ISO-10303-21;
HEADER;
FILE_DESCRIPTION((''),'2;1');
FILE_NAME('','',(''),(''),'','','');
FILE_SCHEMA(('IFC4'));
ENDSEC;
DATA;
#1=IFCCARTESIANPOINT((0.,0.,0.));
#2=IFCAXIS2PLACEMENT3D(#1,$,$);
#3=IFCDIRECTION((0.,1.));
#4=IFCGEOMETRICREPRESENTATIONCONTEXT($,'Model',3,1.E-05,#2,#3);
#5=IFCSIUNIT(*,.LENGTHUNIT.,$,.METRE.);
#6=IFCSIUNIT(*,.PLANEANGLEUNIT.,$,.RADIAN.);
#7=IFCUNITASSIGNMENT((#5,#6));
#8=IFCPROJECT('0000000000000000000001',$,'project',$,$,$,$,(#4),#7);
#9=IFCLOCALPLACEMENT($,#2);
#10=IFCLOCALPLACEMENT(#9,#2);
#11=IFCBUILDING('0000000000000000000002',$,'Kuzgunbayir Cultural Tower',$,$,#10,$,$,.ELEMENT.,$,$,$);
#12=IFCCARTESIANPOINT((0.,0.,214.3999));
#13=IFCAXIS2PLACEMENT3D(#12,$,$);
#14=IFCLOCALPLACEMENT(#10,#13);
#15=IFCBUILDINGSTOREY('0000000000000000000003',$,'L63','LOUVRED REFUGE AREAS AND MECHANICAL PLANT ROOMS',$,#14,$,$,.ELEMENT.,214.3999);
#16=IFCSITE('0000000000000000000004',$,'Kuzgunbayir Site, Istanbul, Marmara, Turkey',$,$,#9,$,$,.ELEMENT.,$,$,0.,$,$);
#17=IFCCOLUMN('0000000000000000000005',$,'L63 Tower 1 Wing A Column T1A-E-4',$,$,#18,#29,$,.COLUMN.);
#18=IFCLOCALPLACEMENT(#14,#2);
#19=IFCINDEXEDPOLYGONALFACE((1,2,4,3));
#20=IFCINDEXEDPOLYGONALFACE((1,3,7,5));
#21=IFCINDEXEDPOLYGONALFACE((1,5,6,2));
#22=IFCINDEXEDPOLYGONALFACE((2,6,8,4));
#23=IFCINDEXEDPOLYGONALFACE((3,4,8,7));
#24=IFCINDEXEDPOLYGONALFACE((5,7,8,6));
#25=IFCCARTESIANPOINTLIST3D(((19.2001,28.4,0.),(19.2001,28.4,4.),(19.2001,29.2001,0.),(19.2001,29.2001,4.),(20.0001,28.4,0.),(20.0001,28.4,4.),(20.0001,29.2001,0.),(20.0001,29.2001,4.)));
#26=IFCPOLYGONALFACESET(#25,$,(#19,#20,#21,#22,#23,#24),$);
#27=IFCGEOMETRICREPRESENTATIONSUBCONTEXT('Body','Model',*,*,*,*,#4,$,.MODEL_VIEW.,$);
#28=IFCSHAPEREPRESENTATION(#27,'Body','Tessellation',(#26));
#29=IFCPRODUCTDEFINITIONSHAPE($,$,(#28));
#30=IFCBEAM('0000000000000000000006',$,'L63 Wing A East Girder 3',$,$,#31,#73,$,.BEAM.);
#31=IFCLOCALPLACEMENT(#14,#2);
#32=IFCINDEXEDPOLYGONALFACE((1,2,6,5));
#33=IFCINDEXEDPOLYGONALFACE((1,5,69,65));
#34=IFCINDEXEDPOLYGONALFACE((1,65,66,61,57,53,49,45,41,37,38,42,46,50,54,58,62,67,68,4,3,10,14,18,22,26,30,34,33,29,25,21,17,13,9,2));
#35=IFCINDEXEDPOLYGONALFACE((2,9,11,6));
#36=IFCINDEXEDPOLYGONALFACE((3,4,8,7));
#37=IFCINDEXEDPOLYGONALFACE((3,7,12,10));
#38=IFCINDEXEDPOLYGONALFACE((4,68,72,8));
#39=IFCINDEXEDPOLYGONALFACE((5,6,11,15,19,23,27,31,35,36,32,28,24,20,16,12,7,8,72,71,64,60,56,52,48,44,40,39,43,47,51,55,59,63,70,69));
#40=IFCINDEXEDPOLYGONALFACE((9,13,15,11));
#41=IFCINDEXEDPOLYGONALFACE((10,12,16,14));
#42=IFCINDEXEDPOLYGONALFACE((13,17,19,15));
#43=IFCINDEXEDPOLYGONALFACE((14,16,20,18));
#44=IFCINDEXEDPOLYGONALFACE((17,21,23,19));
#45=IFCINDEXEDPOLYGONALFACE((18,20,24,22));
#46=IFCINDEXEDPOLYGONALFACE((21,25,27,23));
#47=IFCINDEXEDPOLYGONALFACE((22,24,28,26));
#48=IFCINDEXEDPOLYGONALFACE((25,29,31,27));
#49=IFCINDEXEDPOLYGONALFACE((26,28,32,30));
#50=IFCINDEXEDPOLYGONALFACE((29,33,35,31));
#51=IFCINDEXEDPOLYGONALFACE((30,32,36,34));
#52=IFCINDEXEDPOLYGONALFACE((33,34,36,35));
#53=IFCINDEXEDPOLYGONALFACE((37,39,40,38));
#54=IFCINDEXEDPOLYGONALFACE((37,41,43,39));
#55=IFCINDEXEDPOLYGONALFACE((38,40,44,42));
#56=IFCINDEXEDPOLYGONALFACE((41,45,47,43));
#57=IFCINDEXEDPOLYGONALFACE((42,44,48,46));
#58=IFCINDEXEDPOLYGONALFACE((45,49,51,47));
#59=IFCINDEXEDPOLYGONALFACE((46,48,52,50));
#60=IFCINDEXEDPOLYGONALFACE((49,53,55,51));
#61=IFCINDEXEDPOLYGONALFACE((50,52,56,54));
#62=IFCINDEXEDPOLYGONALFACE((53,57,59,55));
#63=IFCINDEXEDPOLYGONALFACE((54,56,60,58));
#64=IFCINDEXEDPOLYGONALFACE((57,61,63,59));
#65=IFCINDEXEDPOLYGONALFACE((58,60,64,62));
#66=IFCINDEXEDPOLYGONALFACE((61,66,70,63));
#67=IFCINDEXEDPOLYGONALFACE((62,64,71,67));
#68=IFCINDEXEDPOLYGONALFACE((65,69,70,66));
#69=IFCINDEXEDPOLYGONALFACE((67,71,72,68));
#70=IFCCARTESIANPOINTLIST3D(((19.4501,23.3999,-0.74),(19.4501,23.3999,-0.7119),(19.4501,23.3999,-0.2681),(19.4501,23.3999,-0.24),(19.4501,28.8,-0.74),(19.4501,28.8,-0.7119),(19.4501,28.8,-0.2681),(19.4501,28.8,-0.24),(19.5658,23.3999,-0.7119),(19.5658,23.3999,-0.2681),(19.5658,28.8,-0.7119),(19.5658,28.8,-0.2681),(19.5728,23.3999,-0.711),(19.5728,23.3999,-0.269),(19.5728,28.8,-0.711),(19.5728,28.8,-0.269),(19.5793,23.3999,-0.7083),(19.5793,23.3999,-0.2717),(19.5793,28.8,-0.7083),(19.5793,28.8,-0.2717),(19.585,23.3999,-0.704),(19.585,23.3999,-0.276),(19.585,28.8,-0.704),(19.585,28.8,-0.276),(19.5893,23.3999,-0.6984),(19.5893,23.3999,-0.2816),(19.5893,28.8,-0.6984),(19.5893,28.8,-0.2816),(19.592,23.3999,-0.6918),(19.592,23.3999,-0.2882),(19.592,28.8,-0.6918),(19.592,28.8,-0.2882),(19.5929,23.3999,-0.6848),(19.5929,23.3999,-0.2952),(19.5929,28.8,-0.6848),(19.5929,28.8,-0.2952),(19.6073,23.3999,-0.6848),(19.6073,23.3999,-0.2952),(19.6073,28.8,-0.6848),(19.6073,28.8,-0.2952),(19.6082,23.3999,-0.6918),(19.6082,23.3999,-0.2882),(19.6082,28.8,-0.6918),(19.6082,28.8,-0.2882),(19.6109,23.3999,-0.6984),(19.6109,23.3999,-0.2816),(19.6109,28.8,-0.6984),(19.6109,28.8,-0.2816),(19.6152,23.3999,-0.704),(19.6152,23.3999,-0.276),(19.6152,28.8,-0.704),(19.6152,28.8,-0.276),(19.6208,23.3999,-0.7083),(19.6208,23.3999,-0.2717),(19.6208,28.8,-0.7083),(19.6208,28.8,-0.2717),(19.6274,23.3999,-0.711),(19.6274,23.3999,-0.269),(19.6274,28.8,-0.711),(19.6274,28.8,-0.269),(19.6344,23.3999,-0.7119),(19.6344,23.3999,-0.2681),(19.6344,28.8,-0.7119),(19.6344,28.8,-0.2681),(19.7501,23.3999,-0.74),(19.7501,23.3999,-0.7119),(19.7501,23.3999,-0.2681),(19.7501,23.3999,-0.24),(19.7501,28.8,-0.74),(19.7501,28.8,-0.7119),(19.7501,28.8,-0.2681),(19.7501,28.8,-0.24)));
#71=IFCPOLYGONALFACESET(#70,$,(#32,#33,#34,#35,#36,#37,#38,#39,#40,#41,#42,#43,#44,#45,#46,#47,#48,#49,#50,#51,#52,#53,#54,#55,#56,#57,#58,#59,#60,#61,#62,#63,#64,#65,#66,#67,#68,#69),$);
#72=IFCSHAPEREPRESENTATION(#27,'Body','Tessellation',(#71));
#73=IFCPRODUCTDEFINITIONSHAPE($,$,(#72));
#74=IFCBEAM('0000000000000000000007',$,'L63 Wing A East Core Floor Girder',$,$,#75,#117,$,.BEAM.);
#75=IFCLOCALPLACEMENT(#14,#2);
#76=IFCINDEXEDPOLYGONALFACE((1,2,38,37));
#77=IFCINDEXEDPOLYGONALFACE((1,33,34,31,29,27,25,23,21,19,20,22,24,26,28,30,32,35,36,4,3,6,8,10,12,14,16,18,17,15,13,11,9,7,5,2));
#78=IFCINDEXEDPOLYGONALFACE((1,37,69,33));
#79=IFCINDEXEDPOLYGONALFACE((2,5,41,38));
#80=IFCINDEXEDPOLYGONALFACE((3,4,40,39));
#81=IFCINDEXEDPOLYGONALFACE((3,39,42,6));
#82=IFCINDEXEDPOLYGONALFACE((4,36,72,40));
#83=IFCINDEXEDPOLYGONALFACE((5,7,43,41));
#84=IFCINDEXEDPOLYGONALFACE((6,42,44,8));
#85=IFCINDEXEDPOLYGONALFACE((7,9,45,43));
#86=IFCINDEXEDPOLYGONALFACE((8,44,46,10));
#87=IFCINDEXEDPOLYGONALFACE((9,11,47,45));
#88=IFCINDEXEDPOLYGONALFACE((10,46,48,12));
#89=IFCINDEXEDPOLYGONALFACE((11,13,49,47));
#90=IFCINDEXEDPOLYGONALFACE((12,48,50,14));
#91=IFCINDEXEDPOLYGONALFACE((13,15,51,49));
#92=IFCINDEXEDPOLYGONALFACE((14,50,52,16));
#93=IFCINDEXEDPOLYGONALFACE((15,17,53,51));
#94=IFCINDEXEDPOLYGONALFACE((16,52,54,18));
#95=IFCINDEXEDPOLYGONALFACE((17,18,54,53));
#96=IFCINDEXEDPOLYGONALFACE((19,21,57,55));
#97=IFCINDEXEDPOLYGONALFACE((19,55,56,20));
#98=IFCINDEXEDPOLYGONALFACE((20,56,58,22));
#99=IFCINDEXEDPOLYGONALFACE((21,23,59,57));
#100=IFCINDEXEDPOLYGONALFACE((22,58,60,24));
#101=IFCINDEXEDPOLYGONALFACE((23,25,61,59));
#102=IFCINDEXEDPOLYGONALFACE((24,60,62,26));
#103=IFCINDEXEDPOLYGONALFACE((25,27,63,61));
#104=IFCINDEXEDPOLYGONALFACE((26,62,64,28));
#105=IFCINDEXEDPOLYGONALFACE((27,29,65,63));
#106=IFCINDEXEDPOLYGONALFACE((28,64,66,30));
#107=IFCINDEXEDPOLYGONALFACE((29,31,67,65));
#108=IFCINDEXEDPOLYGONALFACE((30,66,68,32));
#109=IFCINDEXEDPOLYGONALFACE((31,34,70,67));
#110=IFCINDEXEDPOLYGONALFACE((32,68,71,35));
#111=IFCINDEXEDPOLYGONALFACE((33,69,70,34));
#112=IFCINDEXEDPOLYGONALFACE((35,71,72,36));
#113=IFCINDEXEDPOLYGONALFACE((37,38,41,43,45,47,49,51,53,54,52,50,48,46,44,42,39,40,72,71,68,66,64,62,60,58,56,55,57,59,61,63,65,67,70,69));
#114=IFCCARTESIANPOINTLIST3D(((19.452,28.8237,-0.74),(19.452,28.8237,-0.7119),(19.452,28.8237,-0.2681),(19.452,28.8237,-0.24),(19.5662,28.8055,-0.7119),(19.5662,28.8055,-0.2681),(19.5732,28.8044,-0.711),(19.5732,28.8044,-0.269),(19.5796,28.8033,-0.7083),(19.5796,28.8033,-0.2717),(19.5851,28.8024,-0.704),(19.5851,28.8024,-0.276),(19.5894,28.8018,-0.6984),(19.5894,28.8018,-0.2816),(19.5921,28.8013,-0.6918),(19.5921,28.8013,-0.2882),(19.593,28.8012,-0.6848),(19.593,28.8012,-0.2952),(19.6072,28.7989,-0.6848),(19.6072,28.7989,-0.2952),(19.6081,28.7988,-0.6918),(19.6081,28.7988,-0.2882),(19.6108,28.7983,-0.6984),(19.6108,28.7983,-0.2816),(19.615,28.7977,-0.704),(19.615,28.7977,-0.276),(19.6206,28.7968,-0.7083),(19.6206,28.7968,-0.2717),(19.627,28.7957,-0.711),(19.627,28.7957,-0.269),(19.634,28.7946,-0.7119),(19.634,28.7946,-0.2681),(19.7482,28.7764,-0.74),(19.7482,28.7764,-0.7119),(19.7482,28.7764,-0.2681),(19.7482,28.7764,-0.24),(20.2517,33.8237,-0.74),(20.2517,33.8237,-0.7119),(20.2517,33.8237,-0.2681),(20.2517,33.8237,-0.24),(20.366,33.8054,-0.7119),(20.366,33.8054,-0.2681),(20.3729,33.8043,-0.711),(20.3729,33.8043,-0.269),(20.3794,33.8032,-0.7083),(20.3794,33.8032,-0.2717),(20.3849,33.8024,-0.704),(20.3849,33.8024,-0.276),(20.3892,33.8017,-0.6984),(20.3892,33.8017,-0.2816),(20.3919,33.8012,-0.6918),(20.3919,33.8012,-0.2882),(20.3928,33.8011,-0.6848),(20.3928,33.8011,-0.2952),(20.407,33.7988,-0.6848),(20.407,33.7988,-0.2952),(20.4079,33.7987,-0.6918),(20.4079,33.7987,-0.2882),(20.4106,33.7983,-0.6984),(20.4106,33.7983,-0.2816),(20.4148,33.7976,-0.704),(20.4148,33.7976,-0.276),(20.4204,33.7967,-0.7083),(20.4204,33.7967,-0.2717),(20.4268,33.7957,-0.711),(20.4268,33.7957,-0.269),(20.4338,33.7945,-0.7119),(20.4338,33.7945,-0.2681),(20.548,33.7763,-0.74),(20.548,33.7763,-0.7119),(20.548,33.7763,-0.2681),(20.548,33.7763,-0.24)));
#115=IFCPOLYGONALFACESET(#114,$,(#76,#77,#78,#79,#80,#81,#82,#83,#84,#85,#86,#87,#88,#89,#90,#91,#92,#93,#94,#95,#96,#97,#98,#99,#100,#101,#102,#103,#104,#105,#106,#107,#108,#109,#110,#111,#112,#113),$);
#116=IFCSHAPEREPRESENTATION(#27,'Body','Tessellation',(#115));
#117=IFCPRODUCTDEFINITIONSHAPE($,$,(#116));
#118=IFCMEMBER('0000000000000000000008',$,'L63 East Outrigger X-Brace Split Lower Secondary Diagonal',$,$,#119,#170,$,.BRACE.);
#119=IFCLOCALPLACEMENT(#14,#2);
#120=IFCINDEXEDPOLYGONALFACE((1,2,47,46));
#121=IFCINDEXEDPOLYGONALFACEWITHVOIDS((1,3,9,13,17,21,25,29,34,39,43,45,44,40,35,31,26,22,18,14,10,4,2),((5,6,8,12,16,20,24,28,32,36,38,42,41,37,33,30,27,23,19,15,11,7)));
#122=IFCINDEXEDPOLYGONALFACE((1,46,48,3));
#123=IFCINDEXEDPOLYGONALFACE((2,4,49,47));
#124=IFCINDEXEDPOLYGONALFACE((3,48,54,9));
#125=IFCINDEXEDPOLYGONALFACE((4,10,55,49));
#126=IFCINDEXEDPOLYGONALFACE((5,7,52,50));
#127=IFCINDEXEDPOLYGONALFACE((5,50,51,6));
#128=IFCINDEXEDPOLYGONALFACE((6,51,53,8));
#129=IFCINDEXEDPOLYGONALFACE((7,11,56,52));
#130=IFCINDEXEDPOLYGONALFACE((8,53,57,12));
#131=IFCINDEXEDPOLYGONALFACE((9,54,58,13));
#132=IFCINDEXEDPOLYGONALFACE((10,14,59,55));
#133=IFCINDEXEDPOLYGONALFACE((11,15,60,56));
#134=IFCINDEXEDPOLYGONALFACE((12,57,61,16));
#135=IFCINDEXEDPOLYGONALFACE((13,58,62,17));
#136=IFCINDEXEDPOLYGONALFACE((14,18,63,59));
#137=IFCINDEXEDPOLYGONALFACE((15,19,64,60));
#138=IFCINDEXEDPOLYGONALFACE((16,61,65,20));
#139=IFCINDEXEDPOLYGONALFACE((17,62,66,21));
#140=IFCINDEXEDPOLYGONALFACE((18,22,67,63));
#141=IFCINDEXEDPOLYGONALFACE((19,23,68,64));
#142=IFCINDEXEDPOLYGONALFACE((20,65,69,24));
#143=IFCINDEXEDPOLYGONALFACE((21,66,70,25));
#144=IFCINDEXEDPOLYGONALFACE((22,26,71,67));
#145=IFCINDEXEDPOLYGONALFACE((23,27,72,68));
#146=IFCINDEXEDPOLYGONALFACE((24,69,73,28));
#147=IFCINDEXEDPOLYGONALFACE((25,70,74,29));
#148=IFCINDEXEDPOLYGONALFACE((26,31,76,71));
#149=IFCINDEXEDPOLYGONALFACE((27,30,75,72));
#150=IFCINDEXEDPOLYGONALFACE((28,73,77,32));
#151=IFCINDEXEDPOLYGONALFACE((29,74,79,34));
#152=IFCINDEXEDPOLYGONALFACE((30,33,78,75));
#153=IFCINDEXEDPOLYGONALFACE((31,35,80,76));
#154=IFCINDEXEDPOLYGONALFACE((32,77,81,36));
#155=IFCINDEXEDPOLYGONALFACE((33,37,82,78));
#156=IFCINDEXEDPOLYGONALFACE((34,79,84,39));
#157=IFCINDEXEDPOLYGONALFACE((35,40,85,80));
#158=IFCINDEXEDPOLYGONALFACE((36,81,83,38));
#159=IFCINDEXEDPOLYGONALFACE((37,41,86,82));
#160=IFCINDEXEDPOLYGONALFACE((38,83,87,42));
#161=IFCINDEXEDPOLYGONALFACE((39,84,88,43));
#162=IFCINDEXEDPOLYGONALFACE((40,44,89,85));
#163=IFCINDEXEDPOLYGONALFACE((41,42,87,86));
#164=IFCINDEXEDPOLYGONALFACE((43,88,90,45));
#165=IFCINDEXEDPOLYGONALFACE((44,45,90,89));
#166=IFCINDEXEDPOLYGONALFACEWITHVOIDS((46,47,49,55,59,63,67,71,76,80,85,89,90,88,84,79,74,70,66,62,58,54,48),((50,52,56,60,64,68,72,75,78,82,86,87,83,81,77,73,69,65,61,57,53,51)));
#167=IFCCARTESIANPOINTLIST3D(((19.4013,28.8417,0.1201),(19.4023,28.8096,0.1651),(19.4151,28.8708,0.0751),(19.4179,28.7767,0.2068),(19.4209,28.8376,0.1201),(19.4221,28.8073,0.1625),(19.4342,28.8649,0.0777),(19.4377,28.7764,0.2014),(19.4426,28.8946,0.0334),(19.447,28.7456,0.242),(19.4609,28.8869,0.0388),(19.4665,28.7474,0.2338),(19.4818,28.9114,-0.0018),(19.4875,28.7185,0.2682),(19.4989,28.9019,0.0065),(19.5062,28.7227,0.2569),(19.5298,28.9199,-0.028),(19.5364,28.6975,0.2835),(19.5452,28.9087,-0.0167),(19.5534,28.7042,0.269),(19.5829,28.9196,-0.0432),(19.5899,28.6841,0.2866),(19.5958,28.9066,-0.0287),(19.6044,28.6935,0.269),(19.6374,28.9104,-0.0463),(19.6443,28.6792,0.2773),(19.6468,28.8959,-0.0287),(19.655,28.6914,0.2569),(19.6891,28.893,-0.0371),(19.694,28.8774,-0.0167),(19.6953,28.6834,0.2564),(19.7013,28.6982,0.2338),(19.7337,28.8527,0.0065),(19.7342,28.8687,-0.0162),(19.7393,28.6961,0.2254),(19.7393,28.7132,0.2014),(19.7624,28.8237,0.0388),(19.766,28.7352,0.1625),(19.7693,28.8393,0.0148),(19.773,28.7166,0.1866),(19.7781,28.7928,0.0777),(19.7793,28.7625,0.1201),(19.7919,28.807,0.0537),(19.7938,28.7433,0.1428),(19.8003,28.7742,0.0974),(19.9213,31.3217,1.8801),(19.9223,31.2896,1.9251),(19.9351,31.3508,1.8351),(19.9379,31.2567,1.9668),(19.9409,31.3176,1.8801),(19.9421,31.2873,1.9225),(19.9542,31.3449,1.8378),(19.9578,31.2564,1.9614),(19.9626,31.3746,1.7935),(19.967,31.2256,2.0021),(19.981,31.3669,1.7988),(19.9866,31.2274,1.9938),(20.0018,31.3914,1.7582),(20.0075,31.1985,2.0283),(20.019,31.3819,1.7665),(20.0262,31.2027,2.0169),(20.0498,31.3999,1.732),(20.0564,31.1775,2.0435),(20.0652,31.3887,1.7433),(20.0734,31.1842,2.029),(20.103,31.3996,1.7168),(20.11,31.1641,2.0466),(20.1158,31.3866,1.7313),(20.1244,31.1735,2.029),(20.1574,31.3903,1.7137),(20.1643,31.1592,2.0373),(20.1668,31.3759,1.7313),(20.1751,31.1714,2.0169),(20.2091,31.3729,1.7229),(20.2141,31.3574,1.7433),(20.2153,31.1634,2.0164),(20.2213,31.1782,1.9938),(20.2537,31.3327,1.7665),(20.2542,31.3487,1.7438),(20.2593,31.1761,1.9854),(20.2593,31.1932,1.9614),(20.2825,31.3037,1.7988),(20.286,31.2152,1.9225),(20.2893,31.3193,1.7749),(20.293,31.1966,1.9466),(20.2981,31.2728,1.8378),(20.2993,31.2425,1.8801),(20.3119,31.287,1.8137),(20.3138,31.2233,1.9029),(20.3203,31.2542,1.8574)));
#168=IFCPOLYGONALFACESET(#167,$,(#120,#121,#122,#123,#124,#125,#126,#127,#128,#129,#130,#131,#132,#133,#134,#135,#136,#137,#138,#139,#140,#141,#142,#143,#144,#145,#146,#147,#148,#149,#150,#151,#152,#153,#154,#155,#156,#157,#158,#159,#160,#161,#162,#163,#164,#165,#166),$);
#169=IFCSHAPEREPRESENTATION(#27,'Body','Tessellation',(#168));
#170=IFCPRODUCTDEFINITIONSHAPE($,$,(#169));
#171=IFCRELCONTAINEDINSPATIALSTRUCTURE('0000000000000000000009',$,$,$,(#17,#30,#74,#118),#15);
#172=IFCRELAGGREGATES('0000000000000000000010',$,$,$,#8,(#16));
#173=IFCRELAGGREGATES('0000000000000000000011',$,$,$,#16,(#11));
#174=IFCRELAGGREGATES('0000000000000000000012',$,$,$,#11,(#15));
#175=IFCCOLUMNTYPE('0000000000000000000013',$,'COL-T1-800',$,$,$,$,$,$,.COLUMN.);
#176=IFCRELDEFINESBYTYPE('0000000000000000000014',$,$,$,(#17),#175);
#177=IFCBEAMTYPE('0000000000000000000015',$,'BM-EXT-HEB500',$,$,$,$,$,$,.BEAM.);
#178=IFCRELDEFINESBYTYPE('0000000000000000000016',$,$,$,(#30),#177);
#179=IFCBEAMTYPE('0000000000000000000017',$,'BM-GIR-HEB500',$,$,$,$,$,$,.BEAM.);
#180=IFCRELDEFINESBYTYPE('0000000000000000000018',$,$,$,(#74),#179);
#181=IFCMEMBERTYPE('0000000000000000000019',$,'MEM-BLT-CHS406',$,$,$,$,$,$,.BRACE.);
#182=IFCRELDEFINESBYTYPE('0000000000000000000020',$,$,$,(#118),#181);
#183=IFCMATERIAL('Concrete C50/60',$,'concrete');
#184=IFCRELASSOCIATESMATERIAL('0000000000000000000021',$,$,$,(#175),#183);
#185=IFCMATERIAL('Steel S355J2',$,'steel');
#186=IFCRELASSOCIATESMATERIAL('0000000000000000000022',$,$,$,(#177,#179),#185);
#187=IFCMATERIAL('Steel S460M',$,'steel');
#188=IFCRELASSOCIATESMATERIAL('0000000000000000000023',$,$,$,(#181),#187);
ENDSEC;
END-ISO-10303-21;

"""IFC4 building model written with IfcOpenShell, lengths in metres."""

from ifc_helpers import new_model, si_unit, direction, frame, origin, origin_2d, place, context, subcontext, project, spatial, rectangle, hollow_circle, i_section, extrude, material, material_profile, profile_set, type_object, element, save


model = new_model("IFC4")

# Units and contexts
model_context = context("Model", 3, precision=1e-05, world=origin(), true_north=direction((0.0, 1.0)))
body_context = subcontext(model_context, "Body", "Model", "MODEL_VIEW")
ifc_project = project(units=[si_unit("LENGTHUNIT", "METRE"), si_unit("PLANEANGLEUNIT", "RADIAN")], contexts=[model_context])

# Site, building, storey
site_placement = place(None, origin())
site = spatial("IfcSite", under=ifc_project, at=site_placement, Name="Kuzgunbayir Site, Istanbul, Marmara, Turkey", CompositionType="ELEMENT", RefElevation=0.0)
building_placement = place(site_placement, origin())
building = spatial("IfcBuilding", under=site, at=building_placement, Name="Kuzgunbayir Cultural Tower", CompositionType="ELEMENT")
storey_placement = place(building_placement, frame((0.0, 0.0, 214.3999)))
storey = spatial("IfcBuildingStorey", under=building, at=storey_placement, Name="L63", Description="LOUVRED REFUGE AREAS AND MECHANICAL PLANT ROOMS", CompositionType="ELEMENT", Elevation=214.3999)

# Column
ifc_material_1 = material(Name="Concrete C50/60", Category="concrete")
ifc_material_profile_1 = material_profile(ifc_material_1, rectangle(XDim=0.8, YDim=0.8, at=origin_2d()), Name="RC 800x800")
ifc_profile_set_1 = profile_set([ifc_material_profile_1], Name="Concrete C50/60")
column_type = type_object("IfcColumnType", Name="COL-T1-800", PredefinedType="COLUMN", material=ifc_profile_set_1)
column_placement = place(storey_placement, frame((19.6001, 28.8, 0.0), z_axis=(0.0, 0.0, 1.0), x_axis=(1.0, 0.0, 0.0)))
element("IfcColumn", 1, at=column_placement, inside=storey, type_object=column_type, Name="L63 Tower 1 Wing A Column T1A-E-4", PredefinedType="COLUMN", context=body_context, shape_type="SweptSolid", body=[
    extrude(rectangle(XDim=0.8, YDim=0.8, at=origin_2d()), origin(), (0.0, 0.0, 1.0), 4.0),
])

# Beams
ifc_material_2 = material(Name="Steel S355J2", Category="steel")
ifc_material_profile_2 = material_profile(ifc_material_2, i_section(OverallWidth=0.3, OverallDepth=0.5, WebThickness=0.0144, FlangeThickness=0.0281, FilletRadius=0.0271, at=origin_2d()), Name="HEB 500")
ifc_profile_set_2 = profile_set([ifc_material_profile_2], Name="Steel S355J2")
beam_type_1 = type_object("IfcBeamType", Name="BM-EXT-HEB500", PredefinedType="BEAM", material=ifc_profile_set_2)
beam_1_placement = place(storey_placement, frame((19.6001, 23.3999, -0.49), z_axis=(0.0, 1.0, 0.0), x_axis=(-1.0, 0.0, 0.0)))
element("IfcBeam", 2, at=beam_1_placement, inside=storey, type_object=beam_type_1, Name="L63 Wing A East Girder 3", PredefinedType="BEAM", context=body_context, shape_type="SweptSolid", body=[
    extrude(i_section(OverallWidth=0.3, OverallDepth=0.5, WebThickness=0.0144, FlangeThickness=0.0281, FilletRadius=0.0271, at=origin_2d()), origin(), (0.0, 0.0, 1.0), 5.4001),
])
ifc_material_profile_3 = material_profile(ifc_material_2, i_section(OverallWidth=0.3, OverallDepth=0.5, WebThickness=0.0144, FlangeThickness=0.0281, FilletRadius=0.0271, at=origin_2d()), Name="HEB 500")
ifc_profile_set_3 = profile_set([ifc_material_profile_3], Name="Steel S355J2")
beam_type_2 = type_object("IfcBeamType", Name="BM-GIR-HEB500", PredefinedType="BEAM", material=ifc_profile_set_3)
beam_2_placement = place(storey_placement, frame((19.6001, 28.8, -0.49), z_axis=(0.157953, 0.987447, 0.0), x_axis=(-0.987447, 0.157953, 0.0)))
element("IfcBeam", 3, at=beam_2_placement, inside=storey, type_object=beam_type_2, Name="L63 Wing A East Core Floor Girder", PredefinedType="BEAM", context=body_context, shape_type="SweptSolid", body=[
    extrude(i_section(OverallWidth=0.3, OverallDepth=0.5, WebThickness=0.0144, FlangeThickness=0.0281, FilletRadius=0.0271, at=origin_2d()), origin(), (0.0, 0.0, 1.0), 5.0635),
])

# Member
ifc_material_3 = material(Name="Steel S460M", Category="steel")
ifc_material_profile_4 = material_profile(ifc_material_3, hollow_circle(Radius=0.2031, WallThickness=0.02, at=origin_2d()), Name="CHS 406.4x20")
ifc_profile_set_4 = profile_set([ifc_material_profile_4], Name="Steel S460M")
member_type_1 = type_object("IfcMemberType", Name="MEM-BLT-CHS406", PredefinedType="BRACE", material=ifc_profile_set_4)
member_1_placement = place(storey_placement, frame((19.6001, 28.8, 0.1201), z_axis=(0.168554, 0.803836, 0.570472), x_axis=(-0.978715, 0.205224, 0.0)))
element("IfcMember", 4, at=member_1_placement, inside=storey, type_object=member_type_1, Name="L63 East Outrigger X-Brace Split Lower Secondary Diagonal", PredefinedType="BRACE", context=body_context, shape_type="SweptSolid", body=[
    extrude(hollow_circle(Radius=0.2031, WallThickness=0.02, at=origin_2d()), origin(), (0.0, 0.0, 1.0), 3.0852),
])

save(model, "model.ifc")
